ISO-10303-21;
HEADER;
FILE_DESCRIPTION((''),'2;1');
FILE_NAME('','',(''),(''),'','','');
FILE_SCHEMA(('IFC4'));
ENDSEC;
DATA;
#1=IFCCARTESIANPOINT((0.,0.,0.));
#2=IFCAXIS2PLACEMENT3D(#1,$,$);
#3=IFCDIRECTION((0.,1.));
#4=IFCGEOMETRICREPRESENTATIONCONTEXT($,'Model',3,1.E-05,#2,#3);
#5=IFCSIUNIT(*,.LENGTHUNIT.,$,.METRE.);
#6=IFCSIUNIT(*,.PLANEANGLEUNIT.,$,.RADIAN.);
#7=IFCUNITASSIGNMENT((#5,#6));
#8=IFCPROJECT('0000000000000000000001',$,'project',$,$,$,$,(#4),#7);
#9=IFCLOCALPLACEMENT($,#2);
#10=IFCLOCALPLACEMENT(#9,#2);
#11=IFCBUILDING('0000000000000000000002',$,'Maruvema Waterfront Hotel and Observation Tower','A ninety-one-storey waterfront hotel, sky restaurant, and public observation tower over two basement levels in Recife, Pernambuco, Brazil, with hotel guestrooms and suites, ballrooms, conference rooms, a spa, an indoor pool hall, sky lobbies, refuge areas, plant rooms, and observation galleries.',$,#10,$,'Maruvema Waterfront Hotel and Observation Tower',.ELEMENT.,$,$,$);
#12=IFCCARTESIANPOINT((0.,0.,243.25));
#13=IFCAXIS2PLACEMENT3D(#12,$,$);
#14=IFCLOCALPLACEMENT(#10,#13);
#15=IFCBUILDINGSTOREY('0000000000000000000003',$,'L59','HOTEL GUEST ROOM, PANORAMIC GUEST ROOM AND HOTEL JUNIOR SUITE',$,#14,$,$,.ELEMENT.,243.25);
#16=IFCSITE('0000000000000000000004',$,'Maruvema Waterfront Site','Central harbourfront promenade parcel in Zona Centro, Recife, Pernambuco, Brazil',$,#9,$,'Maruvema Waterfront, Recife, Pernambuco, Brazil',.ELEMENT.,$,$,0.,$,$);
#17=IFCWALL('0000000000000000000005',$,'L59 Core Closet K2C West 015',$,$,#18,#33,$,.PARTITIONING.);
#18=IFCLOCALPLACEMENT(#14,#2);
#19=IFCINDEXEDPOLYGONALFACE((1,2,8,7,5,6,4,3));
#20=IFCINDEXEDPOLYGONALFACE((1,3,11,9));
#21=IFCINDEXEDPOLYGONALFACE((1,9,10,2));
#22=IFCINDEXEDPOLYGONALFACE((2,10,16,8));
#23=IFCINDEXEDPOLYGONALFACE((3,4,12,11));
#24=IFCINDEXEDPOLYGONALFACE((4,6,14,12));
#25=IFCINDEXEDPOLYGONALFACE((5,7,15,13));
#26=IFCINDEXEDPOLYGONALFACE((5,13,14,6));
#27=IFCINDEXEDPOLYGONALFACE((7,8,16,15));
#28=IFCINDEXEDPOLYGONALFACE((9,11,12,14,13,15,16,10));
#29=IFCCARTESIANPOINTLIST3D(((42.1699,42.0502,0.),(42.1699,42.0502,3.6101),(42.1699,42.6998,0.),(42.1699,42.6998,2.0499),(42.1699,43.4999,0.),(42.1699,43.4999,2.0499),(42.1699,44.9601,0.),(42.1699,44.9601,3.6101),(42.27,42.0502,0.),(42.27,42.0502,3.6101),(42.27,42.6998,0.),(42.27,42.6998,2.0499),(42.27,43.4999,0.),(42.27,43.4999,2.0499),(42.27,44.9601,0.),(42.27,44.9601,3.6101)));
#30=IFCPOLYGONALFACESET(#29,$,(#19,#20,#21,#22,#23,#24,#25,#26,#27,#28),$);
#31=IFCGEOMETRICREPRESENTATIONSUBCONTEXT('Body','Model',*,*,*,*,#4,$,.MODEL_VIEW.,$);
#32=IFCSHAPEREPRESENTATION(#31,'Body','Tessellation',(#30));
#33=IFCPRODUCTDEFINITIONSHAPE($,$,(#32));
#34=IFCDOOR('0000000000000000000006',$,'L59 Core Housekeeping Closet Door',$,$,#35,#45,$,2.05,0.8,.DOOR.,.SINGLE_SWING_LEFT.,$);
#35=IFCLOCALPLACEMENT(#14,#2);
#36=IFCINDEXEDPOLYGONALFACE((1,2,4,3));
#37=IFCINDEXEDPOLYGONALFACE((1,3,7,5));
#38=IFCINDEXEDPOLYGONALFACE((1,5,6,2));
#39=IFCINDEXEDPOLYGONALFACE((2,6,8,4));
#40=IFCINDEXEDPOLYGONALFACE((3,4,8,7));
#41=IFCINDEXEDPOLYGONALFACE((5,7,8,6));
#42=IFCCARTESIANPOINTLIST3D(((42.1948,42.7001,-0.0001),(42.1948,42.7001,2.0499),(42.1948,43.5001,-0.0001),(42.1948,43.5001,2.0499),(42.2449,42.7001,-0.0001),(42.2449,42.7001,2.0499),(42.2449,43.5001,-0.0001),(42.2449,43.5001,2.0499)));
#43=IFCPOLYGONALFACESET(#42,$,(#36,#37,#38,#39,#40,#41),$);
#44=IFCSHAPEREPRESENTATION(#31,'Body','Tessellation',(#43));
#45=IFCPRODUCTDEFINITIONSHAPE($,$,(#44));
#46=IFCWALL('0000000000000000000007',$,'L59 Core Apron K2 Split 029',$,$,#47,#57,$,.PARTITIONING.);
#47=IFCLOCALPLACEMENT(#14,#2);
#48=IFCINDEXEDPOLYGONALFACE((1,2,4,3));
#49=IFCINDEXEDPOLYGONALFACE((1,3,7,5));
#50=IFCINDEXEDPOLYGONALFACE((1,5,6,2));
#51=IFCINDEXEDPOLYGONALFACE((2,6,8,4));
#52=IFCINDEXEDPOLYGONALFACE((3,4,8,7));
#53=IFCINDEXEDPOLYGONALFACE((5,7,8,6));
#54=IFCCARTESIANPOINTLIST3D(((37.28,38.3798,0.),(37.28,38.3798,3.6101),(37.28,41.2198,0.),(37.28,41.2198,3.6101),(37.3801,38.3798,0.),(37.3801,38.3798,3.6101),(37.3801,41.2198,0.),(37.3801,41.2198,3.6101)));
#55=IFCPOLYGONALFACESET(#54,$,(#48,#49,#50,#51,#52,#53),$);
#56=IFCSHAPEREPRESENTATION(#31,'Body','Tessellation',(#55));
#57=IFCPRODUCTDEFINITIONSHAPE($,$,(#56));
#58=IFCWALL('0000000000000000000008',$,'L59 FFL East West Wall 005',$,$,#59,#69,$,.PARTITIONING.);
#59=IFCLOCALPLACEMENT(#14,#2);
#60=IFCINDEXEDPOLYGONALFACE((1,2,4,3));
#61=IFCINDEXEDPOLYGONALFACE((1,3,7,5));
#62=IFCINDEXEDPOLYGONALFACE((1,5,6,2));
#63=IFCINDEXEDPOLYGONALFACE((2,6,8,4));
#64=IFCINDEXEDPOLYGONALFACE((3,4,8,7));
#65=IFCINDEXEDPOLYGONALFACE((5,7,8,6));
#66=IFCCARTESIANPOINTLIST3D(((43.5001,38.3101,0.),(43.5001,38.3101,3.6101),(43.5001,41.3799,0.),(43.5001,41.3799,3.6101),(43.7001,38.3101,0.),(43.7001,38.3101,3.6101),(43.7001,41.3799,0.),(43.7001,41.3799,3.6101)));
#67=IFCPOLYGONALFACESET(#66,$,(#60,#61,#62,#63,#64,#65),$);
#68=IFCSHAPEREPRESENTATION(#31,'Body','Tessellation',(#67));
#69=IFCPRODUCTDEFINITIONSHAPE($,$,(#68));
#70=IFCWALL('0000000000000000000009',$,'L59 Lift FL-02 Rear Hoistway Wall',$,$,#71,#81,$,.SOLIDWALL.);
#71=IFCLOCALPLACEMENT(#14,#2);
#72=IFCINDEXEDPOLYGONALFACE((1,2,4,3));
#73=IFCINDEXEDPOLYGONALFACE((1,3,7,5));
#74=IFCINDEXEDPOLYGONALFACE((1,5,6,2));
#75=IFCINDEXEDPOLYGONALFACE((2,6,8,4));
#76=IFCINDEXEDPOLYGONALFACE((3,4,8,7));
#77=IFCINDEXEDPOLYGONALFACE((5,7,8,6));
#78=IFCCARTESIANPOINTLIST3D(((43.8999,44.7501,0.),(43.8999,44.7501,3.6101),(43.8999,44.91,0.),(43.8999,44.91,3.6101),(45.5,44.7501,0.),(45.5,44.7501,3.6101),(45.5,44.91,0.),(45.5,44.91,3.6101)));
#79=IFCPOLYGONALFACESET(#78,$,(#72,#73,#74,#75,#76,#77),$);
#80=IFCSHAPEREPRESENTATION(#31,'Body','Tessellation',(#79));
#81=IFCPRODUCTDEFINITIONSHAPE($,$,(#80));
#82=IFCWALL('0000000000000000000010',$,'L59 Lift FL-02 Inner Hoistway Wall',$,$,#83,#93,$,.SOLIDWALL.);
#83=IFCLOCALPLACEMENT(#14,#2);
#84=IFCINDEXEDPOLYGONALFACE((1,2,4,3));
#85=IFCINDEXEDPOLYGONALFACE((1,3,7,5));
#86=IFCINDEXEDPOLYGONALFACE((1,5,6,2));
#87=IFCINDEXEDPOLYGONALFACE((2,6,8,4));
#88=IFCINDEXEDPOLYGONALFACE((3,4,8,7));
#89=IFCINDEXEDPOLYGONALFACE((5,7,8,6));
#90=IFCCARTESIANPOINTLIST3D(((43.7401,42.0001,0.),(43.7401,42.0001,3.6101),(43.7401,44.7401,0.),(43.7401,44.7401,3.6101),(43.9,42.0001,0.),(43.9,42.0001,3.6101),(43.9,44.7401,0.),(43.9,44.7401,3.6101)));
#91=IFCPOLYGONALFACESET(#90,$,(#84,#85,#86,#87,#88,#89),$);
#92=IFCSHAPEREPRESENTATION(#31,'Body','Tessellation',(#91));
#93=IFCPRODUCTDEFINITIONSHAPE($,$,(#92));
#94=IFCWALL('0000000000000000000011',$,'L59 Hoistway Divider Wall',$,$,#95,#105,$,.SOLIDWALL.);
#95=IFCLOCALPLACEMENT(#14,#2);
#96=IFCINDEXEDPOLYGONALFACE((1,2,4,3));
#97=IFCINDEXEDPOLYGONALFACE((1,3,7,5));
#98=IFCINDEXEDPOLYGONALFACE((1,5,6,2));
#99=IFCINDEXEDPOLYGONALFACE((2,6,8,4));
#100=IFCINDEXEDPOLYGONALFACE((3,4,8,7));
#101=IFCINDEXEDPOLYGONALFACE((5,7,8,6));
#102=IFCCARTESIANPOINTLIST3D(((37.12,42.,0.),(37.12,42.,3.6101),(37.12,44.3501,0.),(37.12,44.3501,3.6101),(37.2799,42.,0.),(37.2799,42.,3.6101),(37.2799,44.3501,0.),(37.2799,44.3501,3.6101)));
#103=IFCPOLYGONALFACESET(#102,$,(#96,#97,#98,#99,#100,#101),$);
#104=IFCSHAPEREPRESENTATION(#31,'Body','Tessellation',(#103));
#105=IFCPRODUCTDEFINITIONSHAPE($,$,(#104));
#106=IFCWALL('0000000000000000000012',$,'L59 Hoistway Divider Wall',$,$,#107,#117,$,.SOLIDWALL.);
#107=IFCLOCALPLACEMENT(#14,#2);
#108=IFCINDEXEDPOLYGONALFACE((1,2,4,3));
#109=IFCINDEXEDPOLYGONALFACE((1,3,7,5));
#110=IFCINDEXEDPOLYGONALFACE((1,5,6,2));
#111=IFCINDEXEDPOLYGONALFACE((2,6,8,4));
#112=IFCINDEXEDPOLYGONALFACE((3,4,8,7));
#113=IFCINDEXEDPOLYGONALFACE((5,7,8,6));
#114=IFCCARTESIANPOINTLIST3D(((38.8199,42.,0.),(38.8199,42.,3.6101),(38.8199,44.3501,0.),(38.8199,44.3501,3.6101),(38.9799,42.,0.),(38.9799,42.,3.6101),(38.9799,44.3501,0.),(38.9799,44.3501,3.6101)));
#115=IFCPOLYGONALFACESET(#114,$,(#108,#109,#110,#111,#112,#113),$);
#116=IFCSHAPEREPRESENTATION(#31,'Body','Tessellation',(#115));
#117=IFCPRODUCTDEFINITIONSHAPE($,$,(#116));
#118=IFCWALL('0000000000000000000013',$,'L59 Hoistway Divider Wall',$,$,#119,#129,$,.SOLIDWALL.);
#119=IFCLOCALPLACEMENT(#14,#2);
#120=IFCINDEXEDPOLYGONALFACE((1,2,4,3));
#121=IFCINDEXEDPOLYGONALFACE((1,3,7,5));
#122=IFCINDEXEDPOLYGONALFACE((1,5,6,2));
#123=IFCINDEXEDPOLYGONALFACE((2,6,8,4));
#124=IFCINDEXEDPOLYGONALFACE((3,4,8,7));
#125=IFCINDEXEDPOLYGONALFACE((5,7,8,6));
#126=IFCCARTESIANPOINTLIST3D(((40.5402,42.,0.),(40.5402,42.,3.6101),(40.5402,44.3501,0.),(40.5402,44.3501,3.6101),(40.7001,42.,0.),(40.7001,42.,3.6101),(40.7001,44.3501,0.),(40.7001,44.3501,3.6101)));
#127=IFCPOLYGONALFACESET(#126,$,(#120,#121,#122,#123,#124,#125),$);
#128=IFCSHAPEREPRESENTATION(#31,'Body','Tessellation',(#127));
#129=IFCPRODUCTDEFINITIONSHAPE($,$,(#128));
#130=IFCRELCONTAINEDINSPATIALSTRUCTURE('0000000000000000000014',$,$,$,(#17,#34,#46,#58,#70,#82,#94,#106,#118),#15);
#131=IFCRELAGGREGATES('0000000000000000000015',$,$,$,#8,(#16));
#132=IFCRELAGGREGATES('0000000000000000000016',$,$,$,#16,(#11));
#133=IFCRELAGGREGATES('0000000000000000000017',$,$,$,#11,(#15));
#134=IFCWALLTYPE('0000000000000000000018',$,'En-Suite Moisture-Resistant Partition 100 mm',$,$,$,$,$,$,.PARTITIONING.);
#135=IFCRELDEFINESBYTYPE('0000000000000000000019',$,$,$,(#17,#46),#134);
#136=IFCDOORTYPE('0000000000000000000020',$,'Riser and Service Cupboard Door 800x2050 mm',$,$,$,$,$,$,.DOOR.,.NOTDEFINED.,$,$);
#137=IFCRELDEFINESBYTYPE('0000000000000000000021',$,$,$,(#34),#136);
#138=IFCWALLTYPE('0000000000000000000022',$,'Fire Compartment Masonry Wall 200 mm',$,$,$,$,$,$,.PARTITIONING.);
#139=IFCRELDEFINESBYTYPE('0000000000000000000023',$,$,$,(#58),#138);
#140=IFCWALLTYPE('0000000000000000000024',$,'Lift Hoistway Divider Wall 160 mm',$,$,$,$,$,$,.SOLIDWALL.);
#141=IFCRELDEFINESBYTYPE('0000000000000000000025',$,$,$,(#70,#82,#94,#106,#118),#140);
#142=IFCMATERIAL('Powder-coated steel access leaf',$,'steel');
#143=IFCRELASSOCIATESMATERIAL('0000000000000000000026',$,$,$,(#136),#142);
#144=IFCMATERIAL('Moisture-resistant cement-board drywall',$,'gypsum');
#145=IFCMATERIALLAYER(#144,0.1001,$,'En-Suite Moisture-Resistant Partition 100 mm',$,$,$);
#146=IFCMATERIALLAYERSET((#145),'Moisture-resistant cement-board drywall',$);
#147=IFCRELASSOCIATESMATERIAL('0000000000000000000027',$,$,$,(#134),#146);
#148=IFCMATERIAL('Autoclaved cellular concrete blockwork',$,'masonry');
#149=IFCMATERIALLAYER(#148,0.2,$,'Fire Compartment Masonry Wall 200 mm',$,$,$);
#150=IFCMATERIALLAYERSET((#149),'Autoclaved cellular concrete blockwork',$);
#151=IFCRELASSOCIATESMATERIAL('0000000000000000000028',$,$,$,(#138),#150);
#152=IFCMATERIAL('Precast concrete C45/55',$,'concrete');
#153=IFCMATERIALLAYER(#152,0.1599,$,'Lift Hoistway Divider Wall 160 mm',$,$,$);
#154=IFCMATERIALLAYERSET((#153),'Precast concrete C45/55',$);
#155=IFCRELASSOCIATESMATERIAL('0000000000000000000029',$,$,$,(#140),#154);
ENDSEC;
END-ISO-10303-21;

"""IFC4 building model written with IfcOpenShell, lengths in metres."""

from ifc_helpers import new_model, si_unit, direction, frame, frame_2d, origin, place, context, subcontext, project, spatial, rectangle, extrude, material, layer, layer_set, type_object, element, fill, save


model = new_model("IFC4")

# Units and contexts
model_context = context("Model", 3, precision=1e-05, world=origin(), true_north=direction((0.0, 1.0)))
body_context = subcontext(model_context, "Body", "Model", "MODEL_VIEW")
ifc_project = project(units=[si_unit("LENGTHUNIT", "METRE"), si_unit("PLANEANGLEUNIT", "RADIAN")], contexts=[model_context])

# Site, building, storey
site_placement = place(None, origin())
site = spatial("IfcSite", under=ifc_project, at=site_placement, Name="Maruvema Waterfront Site", Description="Central harbourfront promenade parcel in Zona Centro, Recife, Pernambuco, Brazil", LongName="Maruvema Waterfront, Recife, Pernambuco, Brazil", CompositionType="ELEMENT", RefElevation=0.0)
building_placement = place(site_placement, origin())
building = spatial("IfcBuilding", under=site, at=building_placement, Name="Maruvema Waterfront Hotel and Observation Tower", Description="A ninety-one-storey waterfront hotel, sky restaurant, and public observation tower over two basement levels in Recife, Pernambuco, Brazil, with hotel guestrooms and suites, ballrooms, conference rooms, a spa, an indoor pool hall, sky lobbies, refuge areas, plant rooms, and observation galleries.", LongName="Maruvema Waterfront Hotel and Observation Tower", CompositionType="ELEMENT")
storey_placement = place(building_placement, frame((0.0, 0.0, 243.25)))
storey = spatial("IfcBuildingStorey", under=building, at=storey_placement, Name="L59", Description="HOTEL GUEST ROOM, PANORAMIC GUEST ROOM AND HOTEL JUNIOR SUITE", CompositionType="ELEMENT", Elevation=243.25)

# Shared definitions
ifc_material_1 = material(Name="Powder-coated steel access leaf", Category="steel")
door_type_1 = type_object("IfcDoorType", Name="Riser and Service Cupboard Door 800x2050 mm", OperationType="NOTDEFINED", PredefinedType="DOOR", material=ifc_material_1)

# Shared definitions
ifc_material_2 = material(Name="Moisture-resistant cement-board drywall", Category="gypsum")
ifc_layer_1 = layer(ifc_material_2, 0.1001, Name="En-Suite Moisture-Resistant Partition 100 mm")
ifc_layer_set_1 = layer_set([ifc_layer_1], Name="Moisture-resistant cement-board drywall")
wall_type_1 = type_object("IfcWallType", Name="En-Suite Moisture-Resistant Partition 100 mm", PredefinedType="PARTITIONING", material=ifc_layer_set_1)

# Wall, opening, door
wall_1_placement = place(storey_placement, frame((42.22, 42.05, 0.0), z_axis=(0.0, 0.0, 1.0), x_axis=(0.0, 1.0, 0.0)))
wall_1 = element("IfcWall", 1, at=wall_1_placement, inside=storey, type_object=wall_type_1, Name="L59 Core Closet K2C West 015", PredefinedType="PARTITIONING", context=body_context, shape_type="SweptSolid", body=[
    extrude(rectangle(XDim=2.9099, YDim=0.1001, at=frame_2d((1.4551, 0.0))), origin(), (0.0, 0.0, 1.0), 3.6101),
])
opening_1_placement = place(wall_1_placement, frame((0.6499, 0.0, 0.0)))
opening_1 = element("IfcOpeningElement", 2, at=opening_1_placement, cuts=wall_1, PredefinedType="OPENING", context=body_context, shape_type="SweptSolid", body=[
    extrude(rectangle(XDim=0.8, YDim=2.05, at=frame_2d((0.3999, 1.0249))), frame((0.0, 0.0601, 0.0), z_axis=(0.0, -1.0, 0.0), x_axis=(1.0, 0.0, 0.0)), (0.0, 0.0, 1.0), 0.1201),
])
door_1_placement = place(opening_1_placement, frame((0.8, 0.0, 0.0), z_axis=(0.0, 0.0, 1.0), x_axis=(-1.0, 0.0, 0.0)))
door_1 = element("IfcDoor", 3, at=door_1_placement, inside=storey, type_object=door_type_1, Name="L59 Core Housekeeping Closet Door", OperationType="SINGLE_SWING_LEFT", OverallHeight=2.05, OverallWidth=0.8, PredefinedType="DOOR", context=body_context, shape_type="SweptSolid", body=[
    extrude(rectangle(XDim=0.8, YDim=2.05, at=frame_2d((0.3999, 1.0249))), frame((0.0, 0.0249, 0.0), z_axis=(0.0, -1.0, 0.0), x_axis=(1.0, 0.0, 0.0)), (0.0, 0.0, 1.0), 0.05),
])
fill(opening_1, door_1)

# Wall
wall_2_placement = place(storey_placement, frame((37.3301, 38.3799, 0.0), z_axis=(0.0, 0.0, 1.0), x_axis=(0.0, 1.0, 0.0)))
element("IfcWall", 4, at=wall_2_placement, inside=storey, type_object=wall_type_1, Name="L59 Core Apron K2 Split 029", PredefinedType="PARTITIONING", context=body_context, shape_type="SweptSolid", body=[
    extrude(rectangle(XDim=2.8401, YDim=0.1001, at=frame_2d((1.4199, 0.0))), origin(), (0.0, 0.0, 1.0), 3.6101),
])

# Shared definitions
ifc_material_3 = material(Name="Autoclaved cellular concrete blockwork", Category="masonry")
ifc_layer_2 = layer(ifc_material_3, 0.2, Name="Fire Compartment Masonry Wall 200 mm")
ifc_layer_set_2 = layer_set([ifc_layer_2], Name="Autoclaved cellular concrete blockwork")
wall_type_2 = type_object("IfcWallType", Name="Fire Compartment Masonry Wall 200 mm", PredefinedType="PARTITIONING", material=ifc_layer_set_2)

# Walls
wall_3_placement = place(storey_placement, frame((43.6001, 38.3101, 0.0), z_axis=(0.0, 0.0, 1.0), x_axis=(0.0, 1.0, 0.0)))
element("IfcWall", 5, at=wall_3_placement, inside=storey, type_object=wall_type_2, Name="L59 FFL East West Wall 005", PredefinedType="PARTITIONING", context=body_context, shape_type="SweptSolid", body=[
    extrude(rectangle(XDim=3.0698, YDim=0.2, at=frame_2d((1.5349, 0.0))), origin(), (0.0, 0.0, 1.0), 3.6101),
])
ifc_material_4 = material(Name="Precast concrete C45/55", Category="concrete")
ifc_layer_3 = layer(ifc_material_4, 0.1599, Name="Lift Hoistway Divider Wall 160 mm")
ifc_layer_set_3 = layer_set([ifc_layer_3], Name="Precast concrete C45/55")
wall_type_3 = type_object("IfcWallType", Name="Lift Hoistway Divider Wall 160 mm", PredefinedType="SOLIDWALL", material=ifc_layer_set_3)
wall_4_placement = place(storey_placement, frame((43.8999, 44.8301, 0.0), z_axis=(0.0, 0.0, 1.0), x_axis=(1.0, 0.0, 0.0)))
element("IfcWall", 6, at=wall_4_placement, inside=storey, type_object=wall_type_3, Name="L59 Lift FL-02 Rear Hoistway Wall", PredefinedType="SOLIDWALL", context=body_context, shape_type="SweptSolid", body=[
    extrude(rectangle(XDim=1.6001, YDim=0.1599, at=frame_2d((0.8, 0.0))), origin(), (0.0, 0.0, 1.0), 3.6101),
])
wall_5_placement = place(storey_placement, frame((43.8201, 42.0, 0.0), z_axis=(0.0, 0.0, 1.0), x_axis=(0.0, 1.0, 0.0)))
element("IfcWall", 7, at=wall_5_placement, inside=storey, type_object=wall_type_3, Name="L59 Lift FL-02 Inner Hoistway Wall", PredefinedType="SOLIDWALL", context=body_context, shape_type="SweptSolid", body=[
    extrude(rectangle(XDim=2.74, YDim=0.1599, at=frame_2d((1.3701, 0.0))), origin(), (0.0, 0.0, 1.0), 3.6101),
])
for number, where, z_axis, x_axis, name in (
    (8, (37.2, 42.0, 0.0), (0.0, 0.0, 1.0), (0.0, 1.0, 0.0), "L59 Hoistway Divider Wall"),
    (9, (38.8999, 42.0, 0.0), (0.0, 0.0, 1.0), (0.0, 1.0, 0.0), "L59 Hoistway Divider Wall"),
    (10, (40.6201, 42.0, 0.0), (0.0, 0.0, 1.0), (0.0, 1.0, 0.0), "L59 Hoistway Divider Wall"),
):
    element("IfcWall", number, at=place(storey_placement, frame(where, z_axis=z_axis, x_axis=x_axis)), inside=storey, type_object=wall_type_3, Name=name, PredefinedType="SOLIDWALL", context=body_context, shape_type="SweptSolid", body=[
        extrude(rectangle(XDim=2.3501, YDim=0.1599, at=frame_2d((1.175, 0.0))), origin(), (0.0, 0.0, 1.0), 3.6101),
    ])

save(model, "model.ifc")
